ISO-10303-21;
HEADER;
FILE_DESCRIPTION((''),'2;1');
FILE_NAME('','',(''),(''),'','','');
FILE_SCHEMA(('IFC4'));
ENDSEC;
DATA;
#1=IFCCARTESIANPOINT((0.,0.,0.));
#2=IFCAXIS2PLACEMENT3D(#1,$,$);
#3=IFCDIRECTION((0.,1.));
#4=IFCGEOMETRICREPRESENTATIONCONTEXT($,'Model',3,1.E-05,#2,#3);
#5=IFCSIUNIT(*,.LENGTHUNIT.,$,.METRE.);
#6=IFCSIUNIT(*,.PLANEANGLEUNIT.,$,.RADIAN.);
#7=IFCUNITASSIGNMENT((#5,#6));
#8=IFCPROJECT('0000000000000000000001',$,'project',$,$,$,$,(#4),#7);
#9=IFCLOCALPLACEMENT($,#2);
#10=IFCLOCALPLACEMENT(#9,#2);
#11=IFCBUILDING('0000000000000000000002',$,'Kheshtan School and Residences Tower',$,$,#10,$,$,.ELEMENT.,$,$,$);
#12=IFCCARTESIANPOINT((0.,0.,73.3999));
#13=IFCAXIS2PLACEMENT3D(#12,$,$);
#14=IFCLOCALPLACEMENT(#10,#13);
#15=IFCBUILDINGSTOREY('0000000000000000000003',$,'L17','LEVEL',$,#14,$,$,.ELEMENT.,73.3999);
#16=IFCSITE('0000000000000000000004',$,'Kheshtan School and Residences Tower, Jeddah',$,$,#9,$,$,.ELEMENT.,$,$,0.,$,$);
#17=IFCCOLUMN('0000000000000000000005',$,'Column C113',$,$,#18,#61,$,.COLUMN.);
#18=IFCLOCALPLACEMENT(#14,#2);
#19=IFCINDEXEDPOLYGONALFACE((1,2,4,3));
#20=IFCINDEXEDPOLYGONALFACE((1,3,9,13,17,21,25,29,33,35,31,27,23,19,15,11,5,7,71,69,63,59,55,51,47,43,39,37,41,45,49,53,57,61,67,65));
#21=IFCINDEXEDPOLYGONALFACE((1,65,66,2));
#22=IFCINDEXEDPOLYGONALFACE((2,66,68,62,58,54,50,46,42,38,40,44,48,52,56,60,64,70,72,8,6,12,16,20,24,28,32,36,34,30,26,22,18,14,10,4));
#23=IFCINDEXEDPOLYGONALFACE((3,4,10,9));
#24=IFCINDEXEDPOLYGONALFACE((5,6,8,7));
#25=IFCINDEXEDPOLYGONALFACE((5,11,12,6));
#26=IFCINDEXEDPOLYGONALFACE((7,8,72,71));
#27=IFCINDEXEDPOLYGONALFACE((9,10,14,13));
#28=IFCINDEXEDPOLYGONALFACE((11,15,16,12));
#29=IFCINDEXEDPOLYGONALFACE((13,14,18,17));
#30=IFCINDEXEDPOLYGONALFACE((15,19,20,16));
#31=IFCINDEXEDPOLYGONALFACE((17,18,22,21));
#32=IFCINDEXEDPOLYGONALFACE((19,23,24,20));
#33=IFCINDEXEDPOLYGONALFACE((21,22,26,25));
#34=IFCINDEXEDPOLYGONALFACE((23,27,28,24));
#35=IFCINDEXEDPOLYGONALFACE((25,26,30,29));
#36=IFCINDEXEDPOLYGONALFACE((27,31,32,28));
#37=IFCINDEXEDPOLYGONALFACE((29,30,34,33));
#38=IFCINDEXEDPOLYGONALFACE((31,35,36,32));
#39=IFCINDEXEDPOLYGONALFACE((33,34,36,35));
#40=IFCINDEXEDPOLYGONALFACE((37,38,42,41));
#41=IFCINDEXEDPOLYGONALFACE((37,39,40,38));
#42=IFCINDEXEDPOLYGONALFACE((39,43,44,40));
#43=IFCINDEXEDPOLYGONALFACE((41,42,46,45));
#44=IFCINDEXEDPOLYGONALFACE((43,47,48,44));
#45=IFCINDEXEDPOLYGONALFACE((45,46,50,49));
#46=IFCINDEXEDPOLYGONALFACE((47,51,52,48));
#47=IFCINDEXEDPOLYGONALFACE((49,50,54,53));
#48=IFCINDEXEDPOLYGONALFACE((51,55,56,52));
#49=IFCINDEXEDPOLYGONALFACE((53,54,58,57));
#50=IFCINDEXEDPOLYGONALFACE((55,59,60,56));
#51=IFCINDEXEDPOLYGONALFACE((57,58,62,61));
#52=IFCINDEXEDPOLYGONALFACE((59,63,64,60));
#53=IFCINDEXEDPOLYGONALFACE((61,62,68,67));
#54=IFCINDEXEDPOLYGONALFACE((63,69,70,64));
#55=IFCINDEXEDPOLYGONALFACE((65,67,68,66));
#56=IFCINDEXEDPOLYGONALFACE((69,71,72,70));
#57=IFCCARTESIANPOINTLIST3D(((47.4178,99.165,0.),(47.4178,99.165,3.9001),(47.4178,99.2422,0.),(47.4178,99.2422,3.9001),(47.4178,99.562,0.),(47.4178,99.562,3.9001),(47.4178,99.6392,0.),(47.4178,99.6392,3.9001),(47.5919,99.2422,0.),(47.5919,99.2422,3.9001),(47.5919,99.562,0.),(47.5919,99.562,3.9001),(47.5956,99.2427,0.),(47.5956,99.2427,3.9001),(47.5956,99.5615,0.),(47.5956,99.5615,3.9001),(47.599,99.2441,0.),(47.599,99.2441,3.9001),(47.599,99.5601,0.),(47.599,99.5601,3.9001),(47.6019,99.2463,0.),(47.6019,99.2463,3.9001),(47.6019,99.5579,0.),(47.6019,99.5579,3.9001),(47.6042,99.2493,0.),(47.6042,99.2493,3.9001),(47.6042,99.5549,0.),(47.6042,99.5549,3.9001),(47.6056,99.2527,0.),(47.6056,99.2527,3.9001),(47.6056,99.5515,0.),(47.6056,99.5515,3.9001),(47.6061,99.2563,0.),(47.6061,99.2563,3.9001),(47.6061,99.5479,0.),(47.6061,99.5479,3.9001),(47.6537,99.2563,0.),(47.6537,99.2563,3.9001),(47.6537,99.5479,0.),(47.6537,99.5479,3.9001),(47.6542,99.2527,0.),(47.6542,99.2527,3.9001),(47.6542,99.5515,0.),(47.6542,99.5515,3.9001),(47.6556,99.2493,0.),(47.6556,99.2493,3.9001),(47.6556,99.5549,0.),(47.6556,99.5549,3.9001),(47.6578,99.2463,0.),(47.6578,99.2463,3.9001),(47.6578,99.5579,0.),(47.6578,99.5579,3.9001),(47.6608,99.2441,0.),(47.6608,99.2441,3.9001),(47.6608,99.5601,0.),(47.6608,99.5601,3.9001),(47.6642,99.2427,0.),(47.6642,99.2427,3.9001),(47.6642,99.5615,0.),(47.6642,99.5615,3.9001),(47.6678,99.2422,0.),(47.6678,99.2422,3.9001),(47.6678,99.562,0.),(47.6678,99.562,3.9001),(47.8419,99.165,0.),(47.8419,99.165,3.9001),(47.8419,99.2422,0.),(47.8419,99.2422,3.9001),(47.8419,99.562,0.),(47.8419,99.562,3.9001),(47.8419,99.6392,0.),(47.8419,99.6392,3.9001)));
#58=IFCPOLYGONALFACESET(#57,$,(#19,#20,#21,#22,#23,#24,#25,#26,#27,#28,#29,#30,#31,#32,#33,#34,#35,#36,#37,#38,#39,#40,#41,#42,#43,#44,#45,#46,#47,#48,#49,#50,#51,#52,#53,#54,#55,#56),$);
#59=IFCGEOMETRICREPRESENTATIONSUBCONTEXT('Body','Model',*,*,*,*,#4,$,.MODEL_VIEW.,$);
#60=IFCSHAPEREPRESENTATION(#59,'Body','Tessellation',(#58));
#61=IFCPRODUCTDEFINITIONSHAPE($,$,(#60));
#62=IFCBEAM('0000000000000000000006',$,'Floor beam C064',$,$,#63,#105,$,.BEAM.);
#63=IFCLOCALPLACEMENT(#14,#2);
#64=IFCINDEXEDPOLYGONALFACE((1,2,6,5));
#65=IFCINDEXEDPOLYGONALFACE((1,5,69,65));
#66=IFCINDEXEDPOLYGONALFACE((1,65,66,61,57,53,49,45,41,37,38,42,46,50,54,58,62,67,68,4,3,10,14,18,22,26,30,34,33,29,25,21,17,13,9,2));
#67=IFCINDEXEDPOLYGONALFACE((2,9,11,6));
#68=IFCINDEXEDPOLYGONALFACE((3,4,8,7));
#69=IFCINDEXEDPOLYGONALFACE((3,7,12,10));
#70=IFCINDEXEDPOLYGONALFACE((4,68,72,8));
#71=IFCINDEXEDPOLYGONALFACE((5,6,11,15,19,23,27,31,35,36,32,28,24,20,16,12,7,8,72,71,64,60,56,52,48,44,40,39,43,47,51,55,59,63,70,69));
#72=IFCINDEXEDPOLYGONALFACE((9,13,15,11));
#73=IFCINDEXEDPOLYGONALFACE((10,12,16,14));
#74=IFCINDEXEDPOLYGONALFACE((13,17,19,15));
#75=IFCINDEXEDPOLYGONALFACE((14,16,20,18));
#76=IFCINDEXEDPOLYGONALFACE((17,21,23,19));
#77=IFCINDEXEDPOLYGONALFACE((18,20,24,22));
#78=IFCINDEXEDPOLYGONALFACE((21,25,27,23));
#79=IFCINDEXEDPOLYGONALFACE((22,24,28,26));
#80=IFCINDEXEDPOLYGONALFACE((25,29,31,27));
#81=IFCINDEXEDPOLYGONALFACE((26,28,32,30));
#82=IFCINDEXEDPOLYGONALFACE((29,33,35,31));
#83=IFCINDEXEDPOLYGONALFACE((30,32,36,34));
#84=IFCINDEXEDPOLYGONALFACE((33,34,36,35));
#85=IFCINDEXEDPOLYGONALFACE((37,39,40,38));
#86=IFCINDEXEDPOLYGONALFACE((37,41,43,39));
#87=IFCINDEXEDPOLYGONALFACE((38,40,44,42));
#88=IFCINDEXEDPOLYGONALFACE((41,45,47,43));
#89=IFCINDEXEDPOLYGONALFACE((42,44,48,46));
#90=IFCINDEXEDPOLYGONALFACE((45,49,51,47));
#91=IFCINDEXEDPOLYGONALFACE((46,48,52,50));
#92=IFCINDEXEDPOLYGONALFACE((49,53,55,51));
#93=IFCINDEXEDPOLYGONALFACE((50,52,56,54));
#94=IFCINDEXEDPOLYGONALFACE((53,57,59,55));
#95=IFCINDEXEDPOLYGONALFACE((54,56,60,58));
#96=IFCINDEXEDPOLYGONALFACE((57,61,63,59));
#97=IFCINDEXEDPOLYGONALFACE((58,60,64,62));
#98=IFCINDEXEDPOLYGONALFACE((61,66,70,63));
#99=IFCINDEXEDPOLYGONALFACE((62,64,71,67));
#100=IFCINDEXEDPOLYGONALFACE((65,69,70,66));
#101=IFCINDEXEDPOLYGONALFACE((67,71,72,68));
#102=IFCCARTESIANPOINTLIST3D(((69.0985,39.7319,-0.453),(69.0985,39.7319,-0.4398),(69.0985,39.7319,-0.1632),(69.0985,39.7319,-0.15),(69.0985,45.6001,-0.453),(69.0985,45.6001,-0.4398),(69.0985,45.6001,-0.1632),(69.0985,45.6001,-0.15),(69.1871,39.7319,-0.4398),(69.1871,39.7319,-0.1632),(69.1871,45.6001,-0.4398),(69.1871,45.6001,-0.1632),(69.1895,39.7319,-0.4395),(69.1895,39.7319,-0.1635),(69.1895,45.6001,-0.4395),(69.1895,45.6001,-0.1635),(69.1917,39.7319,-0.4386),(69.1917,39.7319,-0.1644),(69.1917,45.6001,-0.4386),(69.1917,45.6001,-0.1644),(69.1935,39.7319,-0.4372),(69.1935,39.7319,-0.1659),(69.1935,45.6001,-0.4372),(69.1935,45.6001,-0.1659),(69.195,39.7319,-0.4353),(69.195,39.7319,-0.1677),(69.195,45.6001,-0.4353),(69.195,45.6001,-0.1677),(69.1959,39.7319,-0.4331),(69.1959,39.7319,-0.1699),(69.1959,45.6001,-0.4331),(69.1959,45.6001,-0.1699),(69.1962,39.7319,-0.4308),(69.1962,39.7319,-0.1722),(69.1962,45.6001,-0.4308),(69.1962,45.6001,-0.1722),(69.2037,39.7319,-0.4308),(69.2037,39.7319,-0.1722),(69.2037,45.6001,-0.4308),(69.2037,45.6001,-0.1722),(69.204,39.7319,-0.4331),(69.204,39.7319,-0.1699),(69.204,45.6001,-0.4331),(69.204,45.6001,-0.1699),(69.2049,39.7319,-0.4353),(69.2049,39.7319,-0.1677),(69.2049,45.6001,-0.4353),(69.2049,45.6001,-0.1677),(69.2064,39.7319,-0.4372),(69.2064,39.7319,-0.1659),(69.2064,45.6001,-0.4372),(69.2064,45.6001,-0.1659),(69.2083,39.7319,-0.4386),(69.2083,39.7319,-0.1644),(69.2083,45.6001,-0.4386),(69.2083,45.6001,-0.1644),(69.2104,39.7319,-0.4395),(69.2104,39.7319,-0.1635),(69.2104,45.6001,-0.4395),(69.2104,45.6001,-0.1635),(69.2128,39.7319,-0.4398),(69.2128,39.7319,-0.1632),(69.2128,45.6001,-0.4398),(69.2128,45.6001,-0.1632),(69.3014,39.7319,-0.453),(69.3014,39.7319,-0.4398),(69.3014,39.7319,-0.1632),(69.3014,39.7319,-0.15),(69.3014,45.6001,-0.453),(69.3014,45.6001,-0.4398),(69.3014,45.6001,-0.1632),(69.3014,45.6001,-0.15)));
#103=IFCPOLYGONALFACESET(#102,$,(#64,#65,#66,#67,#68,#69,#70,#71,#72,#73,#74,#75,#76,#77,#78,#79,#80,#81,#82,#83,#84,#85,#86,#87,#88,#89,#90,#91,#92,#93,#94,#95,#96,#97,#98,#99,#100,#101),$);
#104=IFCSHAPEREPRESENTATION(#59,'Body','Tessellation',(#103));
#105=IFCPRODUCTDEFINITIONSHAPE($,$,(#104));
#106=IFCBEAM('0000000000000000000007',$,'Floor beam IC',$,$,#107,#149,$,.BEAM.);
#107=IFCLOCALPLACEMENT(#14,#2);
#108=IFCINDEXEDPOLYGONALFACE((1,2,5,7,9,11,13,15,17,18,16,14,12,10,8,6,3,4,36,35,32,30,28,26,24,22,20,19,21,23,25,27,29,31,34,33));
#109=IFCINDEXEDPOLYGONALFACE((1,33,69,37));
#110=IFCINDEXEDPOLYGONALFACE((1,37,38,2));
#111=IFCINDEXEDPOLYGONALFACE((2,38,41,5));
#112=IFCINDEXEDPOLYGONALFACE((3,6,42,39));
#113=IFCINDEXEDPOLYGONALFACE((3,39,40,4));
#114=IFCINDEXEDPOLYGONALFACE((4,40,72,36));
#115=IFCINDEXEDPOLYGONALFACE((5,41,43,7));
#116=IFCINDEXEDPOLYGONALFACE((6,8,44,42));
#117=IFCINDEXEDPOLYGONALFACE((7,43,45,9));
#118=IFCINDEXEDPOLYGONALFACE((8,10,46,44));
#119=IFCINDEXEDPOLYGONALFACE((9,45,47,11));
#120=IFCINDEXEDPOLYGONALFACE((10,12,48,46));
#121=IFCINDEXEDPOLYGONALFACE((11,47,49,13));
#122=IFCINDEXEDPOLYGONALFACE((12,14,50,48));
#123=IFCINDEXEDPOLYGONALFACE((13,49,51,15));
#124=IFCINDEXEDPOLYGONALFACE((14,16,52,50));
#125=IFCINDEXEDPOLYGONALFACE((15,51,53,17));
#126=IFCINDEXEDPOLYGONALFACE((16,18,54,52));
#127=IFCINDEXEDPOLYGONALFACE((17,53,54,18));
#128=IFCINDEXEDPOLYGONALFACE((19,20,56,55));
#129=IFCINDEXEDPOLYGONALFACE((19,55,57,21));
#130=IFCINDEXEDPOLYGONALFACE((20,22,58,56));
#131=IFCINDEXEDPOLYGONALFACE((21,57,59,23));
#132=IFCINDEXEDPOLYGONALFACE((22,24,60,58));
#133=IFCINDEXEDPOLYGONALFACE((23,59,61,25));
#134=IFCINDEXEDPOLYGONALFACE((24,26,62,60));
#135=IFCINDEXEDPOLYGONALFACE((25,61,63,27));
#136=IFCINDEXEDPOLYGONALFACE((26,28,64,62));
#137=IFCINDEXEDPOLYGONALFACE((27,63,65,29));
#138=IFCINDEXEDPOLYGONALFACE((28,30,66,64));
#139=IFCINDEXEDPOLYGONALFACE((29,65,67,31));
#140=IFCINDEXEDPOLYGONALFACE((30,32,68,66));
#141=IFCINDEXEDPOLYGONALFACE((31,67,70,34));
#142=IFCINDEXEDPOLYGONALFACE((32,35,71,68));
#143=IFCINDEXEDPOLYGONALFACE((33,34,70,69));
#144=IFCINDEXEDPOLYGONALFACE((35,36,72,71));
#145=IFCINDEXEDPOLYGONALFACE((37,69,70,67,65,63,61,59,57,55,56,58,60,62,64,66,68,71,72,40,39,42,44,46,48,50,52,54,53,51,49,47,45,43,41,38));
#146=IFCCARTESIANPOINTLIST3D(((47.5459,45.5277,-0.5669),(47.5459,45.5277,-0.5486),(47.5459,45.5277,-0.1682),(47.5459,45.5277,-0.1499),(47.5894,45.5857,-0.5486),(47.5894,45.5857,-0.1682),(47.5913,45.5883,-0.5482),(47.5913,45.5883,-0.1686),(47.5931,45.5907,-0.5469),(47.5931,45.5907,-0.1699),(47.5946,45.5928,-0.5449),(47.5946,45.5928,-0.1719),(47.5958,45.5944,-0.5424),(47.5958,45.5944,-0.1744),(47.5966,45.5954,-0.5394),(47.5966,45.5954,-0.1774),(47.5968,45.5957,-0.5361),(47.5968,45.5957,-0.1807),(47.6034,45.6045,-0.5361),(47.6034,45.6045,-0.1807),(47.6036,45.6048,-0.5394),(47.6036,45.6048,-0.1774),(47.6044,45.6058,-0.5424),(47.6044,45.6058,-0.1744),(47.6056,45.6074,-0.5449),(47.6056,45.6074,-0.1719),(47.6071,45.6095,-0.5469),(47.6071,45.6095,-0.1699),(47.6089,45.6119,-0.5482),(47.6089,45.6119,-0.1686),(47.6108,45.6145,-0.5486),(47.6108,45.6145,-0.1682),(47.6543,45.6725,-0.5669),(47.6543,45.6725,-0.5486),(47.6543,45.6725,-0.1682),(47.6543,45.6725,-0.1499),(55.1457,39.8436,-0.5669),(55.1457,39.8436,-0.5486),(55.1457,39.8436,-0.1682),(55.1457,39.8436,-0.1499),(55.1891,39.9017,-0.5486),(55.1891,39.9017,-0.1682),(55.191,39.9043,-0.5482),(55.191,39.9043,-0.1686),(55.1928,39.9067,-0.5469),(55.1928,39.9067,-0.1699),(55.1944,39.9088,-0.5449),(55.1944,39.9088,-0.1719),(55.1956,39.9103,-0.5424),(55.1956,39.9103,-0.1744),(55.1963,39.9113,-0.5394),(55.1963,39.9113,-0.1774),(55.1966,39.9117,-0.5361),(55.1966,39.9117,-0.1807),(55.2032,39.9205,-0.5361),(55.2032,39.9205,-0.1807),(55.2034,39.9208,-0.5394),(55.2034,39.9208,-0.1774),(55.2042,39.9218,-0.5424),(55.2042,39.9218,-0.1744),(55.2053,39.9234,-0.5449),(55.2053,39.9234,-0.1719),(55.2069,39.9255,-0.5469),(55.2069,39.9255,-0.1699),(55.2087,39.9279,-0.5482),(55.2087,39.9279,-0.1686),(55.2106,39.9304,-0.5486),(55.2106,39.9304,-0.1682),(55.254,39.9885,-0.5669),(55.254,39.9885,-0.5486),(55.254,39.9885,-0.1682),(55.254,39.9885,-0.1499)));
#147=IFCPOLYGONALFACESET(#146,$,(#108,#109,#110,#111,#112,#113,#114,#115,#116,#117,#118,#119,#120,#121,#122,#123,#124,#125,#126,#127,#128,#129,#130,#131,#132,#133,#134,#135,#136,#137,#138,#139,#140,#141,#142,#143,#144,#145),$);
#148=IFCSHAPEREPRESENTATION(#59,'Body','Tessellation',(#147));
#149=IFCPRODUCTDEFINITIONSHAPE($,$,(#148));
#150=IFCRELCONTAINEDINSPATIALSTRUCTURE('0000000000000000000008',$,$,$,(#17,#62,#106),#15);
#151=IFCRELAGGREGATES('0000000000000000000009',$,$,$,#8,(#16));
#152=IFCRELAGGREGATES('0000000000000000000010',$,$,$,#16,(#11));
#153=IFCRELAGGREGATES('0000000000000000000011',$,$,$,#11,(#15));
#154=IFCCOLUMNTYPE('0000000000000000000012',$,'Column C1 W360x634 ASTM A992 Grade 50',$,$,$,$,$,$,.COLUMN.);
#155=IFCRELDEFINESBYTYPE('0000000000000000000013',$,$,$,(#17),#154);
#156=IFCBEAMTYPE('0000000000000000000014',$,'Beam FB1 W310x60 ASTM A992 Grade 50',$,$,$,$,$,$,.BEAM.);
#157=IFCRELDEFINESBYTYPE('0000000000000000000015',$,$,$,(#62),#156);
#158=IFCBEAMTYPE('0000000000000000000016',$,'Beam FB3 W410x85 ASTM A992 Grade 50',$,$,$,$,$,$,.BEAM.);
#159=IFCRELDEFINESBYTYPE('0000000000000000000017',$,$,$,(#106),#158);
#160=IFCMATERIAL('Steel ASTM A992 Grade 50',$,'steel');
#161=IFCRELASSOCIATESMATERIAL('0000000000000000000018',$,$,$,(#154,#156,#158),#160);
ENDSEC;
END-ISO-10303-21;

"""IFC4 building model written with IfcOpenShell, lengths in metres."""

from ifc_helpers import new_model, si_unit, direction, frame, origin, origin_2d, place, context, subcontext, project, spatial, i_section, extrude, material, material_profile, profile_set, type_object, element, save


model = new_model("IFC4")

# Units and contexts
model_context = context("Model", 3, precision=1e-05, world=origin(), true_north=direction((0.0, 1.0)))
body_context = subcontext(model_context, "Body", "Model", "MODEL_VIEW")
ifc_project = project(units=[si_unit("LENGTHUNIT", "METRE"), si_unit("PLANEANGLEUNIT", "RADIAN")], contexts=[model_context])

# Site, building, storey
site_placement = place(None, origin())
site = spatial("IfcSite", under=ifc_project, at=site_placement, Name="Kheshtan School and Residences Tower, Jeddah", CompositionType="ELEMENT", RefElevation=0.0)
building_placement = place(site_placement, origin())
building = spatial("IfcBuilding", under=site, at=building_placement, Name="Kheshtan School and Residences Tower", CompositionType="ELEMENT")
storey_placement = place(building_placement, frame((0.0, 0.0, 73.3999)))
storey = spatial("IfcBuildingStorey", under=building, at=storey_placement, Name="L17", Description="LEVEL", CompositionType="ELEMENT", Elevation=73.3999)

# Column
ifc_material_1 = material(Name="Steel ASTM A992 Grade 50", Category="steel")
ifc_material_profile_1 = material_profile(ifc_material_1, i_section(OverallWidth=0.4241, OverallDepth=0.4741, WebThickness=0.0476, FlangeThickness=0.0771, FilletRadius=0.0142, at=origin_2d()), Name="W360x634")
ifc_profile_set_1 = profile_set([ifc_material_profile_1], Name="Steel ASTM A992 Grade 50")
column_type = type_object("IfcColumnType", Name="Column C1 W360x634 ASTM A992 Grade 50", PredefinedType="COLUMN", material=ifc_profile_set_1)
for number, where, z_axis, x_axis, name in (
    (1, (47.6299, 99.4021, 0.0), (0.0, 0.0, 1.0), (1.0, 0.0, 0.0), "Column C113"),
):
    element("IfcColumn", number, at=place(storey_placement, frame(where, z_axis=z_axis, x_axis=x_axis)), inside=storey, type_object=column_type, Name=name, PredefinedType="COLUMN", context=body_context, shape_type="SweptSolid", body=[
        extrude(i_section(OverallWidth=0.4241, OverallDepth=0.4741, WebThickness=0.0476, FlangeThickness=0.0771, FilletRadius=0.0142, at=origin_2d()), origin(), (0.0, 0.0, 1.0), 3.9001),
    ])

# Beams
ifc_material_profile_2 = material_profile(ifc_material_1, i_section(OverallWidth=0.2029, OverallDepth=0.303, WebThickness=0.0076, FlangeThickness=0.0132, FilletRadius=0.009, at=origin_2d()), Name="W310x60")
ifc_profile_set_2 = profile_set([ifc_material_profile_2], Name="Steel ASTM A992 Grade 50")
beam_type_1 = type_object("IfcBeamType", Name="Beam FB1 W310x60 ASTM A992 Grade 50", PredefinedType="BEAM", material=ifc_profile_set_2)
beam_1_placement = place(storey_placement, frame((69.2, 45.6001, -0.3015), z_axis=(0.0, -1.0, 0.0), x_axis=(1.0, 0.0, 0.0)))
element("IfcBeam", 2, at=beam_1_placement, inside=storey, type_object=beam_type_1, Name="Floor beam C064", PredefinedType="BEAM", context=body_context, shape_type="SweptSolid", body=[
    extrude(i_section(OverallWidth=0.2029, OverallDepth=0.303, WebThickness=0.0076, FlangeThickness=0.0132, FilletRadius=0.009, at=origin_2d()), origin(), (0.0, 0.0, 1.0), 5.8682),
])
ifc_material_profile_3 = material_profile(ifc_material_1, i_section(OverallWidth=0.1809, OverallDepth=0.417, WebThickness=0.011, FlangeThickness=0.0183, FilletRadius=0.0125, at=origin_2d()), Name="W410x85")
ifc_profile_set_3 = profile_set([ifc_material_profile_3], Name="Steel ASTM A992 Grade 50")
beam_type_2 = type_object("IfcBeamType", Name="Beam FB3 W410x85 ASTM A992 Grade 50", PredefinedType="BEAM", material=ifc_profile_set_3)
beam_2_placement = place(storey_placement, frame((47.6001, 45.6001, -0.3584), z_axis=(0.800799, -0.598933, 0.0), x_axis=(0.598933, 0.800799, 0.0)))
element("IfcBeam", 3, at=beam_2_placement, inside=storey, type_object=beam_type_2, Name="Floor beam IC", PredefinedType="BEAM", context=body_context, shape_type="SweptSolid", body=[
    extrude(i_section(OverallWidth=0.1809, OverallDepth=0.417, WebThickness=0.011, FlangeThickness=0.0183, FilletRadius=0.0125, at=origin_2d()), origin(), (0.0, 0.0, 1.0), 9.4902),
])

save(model, "model.ifc")
